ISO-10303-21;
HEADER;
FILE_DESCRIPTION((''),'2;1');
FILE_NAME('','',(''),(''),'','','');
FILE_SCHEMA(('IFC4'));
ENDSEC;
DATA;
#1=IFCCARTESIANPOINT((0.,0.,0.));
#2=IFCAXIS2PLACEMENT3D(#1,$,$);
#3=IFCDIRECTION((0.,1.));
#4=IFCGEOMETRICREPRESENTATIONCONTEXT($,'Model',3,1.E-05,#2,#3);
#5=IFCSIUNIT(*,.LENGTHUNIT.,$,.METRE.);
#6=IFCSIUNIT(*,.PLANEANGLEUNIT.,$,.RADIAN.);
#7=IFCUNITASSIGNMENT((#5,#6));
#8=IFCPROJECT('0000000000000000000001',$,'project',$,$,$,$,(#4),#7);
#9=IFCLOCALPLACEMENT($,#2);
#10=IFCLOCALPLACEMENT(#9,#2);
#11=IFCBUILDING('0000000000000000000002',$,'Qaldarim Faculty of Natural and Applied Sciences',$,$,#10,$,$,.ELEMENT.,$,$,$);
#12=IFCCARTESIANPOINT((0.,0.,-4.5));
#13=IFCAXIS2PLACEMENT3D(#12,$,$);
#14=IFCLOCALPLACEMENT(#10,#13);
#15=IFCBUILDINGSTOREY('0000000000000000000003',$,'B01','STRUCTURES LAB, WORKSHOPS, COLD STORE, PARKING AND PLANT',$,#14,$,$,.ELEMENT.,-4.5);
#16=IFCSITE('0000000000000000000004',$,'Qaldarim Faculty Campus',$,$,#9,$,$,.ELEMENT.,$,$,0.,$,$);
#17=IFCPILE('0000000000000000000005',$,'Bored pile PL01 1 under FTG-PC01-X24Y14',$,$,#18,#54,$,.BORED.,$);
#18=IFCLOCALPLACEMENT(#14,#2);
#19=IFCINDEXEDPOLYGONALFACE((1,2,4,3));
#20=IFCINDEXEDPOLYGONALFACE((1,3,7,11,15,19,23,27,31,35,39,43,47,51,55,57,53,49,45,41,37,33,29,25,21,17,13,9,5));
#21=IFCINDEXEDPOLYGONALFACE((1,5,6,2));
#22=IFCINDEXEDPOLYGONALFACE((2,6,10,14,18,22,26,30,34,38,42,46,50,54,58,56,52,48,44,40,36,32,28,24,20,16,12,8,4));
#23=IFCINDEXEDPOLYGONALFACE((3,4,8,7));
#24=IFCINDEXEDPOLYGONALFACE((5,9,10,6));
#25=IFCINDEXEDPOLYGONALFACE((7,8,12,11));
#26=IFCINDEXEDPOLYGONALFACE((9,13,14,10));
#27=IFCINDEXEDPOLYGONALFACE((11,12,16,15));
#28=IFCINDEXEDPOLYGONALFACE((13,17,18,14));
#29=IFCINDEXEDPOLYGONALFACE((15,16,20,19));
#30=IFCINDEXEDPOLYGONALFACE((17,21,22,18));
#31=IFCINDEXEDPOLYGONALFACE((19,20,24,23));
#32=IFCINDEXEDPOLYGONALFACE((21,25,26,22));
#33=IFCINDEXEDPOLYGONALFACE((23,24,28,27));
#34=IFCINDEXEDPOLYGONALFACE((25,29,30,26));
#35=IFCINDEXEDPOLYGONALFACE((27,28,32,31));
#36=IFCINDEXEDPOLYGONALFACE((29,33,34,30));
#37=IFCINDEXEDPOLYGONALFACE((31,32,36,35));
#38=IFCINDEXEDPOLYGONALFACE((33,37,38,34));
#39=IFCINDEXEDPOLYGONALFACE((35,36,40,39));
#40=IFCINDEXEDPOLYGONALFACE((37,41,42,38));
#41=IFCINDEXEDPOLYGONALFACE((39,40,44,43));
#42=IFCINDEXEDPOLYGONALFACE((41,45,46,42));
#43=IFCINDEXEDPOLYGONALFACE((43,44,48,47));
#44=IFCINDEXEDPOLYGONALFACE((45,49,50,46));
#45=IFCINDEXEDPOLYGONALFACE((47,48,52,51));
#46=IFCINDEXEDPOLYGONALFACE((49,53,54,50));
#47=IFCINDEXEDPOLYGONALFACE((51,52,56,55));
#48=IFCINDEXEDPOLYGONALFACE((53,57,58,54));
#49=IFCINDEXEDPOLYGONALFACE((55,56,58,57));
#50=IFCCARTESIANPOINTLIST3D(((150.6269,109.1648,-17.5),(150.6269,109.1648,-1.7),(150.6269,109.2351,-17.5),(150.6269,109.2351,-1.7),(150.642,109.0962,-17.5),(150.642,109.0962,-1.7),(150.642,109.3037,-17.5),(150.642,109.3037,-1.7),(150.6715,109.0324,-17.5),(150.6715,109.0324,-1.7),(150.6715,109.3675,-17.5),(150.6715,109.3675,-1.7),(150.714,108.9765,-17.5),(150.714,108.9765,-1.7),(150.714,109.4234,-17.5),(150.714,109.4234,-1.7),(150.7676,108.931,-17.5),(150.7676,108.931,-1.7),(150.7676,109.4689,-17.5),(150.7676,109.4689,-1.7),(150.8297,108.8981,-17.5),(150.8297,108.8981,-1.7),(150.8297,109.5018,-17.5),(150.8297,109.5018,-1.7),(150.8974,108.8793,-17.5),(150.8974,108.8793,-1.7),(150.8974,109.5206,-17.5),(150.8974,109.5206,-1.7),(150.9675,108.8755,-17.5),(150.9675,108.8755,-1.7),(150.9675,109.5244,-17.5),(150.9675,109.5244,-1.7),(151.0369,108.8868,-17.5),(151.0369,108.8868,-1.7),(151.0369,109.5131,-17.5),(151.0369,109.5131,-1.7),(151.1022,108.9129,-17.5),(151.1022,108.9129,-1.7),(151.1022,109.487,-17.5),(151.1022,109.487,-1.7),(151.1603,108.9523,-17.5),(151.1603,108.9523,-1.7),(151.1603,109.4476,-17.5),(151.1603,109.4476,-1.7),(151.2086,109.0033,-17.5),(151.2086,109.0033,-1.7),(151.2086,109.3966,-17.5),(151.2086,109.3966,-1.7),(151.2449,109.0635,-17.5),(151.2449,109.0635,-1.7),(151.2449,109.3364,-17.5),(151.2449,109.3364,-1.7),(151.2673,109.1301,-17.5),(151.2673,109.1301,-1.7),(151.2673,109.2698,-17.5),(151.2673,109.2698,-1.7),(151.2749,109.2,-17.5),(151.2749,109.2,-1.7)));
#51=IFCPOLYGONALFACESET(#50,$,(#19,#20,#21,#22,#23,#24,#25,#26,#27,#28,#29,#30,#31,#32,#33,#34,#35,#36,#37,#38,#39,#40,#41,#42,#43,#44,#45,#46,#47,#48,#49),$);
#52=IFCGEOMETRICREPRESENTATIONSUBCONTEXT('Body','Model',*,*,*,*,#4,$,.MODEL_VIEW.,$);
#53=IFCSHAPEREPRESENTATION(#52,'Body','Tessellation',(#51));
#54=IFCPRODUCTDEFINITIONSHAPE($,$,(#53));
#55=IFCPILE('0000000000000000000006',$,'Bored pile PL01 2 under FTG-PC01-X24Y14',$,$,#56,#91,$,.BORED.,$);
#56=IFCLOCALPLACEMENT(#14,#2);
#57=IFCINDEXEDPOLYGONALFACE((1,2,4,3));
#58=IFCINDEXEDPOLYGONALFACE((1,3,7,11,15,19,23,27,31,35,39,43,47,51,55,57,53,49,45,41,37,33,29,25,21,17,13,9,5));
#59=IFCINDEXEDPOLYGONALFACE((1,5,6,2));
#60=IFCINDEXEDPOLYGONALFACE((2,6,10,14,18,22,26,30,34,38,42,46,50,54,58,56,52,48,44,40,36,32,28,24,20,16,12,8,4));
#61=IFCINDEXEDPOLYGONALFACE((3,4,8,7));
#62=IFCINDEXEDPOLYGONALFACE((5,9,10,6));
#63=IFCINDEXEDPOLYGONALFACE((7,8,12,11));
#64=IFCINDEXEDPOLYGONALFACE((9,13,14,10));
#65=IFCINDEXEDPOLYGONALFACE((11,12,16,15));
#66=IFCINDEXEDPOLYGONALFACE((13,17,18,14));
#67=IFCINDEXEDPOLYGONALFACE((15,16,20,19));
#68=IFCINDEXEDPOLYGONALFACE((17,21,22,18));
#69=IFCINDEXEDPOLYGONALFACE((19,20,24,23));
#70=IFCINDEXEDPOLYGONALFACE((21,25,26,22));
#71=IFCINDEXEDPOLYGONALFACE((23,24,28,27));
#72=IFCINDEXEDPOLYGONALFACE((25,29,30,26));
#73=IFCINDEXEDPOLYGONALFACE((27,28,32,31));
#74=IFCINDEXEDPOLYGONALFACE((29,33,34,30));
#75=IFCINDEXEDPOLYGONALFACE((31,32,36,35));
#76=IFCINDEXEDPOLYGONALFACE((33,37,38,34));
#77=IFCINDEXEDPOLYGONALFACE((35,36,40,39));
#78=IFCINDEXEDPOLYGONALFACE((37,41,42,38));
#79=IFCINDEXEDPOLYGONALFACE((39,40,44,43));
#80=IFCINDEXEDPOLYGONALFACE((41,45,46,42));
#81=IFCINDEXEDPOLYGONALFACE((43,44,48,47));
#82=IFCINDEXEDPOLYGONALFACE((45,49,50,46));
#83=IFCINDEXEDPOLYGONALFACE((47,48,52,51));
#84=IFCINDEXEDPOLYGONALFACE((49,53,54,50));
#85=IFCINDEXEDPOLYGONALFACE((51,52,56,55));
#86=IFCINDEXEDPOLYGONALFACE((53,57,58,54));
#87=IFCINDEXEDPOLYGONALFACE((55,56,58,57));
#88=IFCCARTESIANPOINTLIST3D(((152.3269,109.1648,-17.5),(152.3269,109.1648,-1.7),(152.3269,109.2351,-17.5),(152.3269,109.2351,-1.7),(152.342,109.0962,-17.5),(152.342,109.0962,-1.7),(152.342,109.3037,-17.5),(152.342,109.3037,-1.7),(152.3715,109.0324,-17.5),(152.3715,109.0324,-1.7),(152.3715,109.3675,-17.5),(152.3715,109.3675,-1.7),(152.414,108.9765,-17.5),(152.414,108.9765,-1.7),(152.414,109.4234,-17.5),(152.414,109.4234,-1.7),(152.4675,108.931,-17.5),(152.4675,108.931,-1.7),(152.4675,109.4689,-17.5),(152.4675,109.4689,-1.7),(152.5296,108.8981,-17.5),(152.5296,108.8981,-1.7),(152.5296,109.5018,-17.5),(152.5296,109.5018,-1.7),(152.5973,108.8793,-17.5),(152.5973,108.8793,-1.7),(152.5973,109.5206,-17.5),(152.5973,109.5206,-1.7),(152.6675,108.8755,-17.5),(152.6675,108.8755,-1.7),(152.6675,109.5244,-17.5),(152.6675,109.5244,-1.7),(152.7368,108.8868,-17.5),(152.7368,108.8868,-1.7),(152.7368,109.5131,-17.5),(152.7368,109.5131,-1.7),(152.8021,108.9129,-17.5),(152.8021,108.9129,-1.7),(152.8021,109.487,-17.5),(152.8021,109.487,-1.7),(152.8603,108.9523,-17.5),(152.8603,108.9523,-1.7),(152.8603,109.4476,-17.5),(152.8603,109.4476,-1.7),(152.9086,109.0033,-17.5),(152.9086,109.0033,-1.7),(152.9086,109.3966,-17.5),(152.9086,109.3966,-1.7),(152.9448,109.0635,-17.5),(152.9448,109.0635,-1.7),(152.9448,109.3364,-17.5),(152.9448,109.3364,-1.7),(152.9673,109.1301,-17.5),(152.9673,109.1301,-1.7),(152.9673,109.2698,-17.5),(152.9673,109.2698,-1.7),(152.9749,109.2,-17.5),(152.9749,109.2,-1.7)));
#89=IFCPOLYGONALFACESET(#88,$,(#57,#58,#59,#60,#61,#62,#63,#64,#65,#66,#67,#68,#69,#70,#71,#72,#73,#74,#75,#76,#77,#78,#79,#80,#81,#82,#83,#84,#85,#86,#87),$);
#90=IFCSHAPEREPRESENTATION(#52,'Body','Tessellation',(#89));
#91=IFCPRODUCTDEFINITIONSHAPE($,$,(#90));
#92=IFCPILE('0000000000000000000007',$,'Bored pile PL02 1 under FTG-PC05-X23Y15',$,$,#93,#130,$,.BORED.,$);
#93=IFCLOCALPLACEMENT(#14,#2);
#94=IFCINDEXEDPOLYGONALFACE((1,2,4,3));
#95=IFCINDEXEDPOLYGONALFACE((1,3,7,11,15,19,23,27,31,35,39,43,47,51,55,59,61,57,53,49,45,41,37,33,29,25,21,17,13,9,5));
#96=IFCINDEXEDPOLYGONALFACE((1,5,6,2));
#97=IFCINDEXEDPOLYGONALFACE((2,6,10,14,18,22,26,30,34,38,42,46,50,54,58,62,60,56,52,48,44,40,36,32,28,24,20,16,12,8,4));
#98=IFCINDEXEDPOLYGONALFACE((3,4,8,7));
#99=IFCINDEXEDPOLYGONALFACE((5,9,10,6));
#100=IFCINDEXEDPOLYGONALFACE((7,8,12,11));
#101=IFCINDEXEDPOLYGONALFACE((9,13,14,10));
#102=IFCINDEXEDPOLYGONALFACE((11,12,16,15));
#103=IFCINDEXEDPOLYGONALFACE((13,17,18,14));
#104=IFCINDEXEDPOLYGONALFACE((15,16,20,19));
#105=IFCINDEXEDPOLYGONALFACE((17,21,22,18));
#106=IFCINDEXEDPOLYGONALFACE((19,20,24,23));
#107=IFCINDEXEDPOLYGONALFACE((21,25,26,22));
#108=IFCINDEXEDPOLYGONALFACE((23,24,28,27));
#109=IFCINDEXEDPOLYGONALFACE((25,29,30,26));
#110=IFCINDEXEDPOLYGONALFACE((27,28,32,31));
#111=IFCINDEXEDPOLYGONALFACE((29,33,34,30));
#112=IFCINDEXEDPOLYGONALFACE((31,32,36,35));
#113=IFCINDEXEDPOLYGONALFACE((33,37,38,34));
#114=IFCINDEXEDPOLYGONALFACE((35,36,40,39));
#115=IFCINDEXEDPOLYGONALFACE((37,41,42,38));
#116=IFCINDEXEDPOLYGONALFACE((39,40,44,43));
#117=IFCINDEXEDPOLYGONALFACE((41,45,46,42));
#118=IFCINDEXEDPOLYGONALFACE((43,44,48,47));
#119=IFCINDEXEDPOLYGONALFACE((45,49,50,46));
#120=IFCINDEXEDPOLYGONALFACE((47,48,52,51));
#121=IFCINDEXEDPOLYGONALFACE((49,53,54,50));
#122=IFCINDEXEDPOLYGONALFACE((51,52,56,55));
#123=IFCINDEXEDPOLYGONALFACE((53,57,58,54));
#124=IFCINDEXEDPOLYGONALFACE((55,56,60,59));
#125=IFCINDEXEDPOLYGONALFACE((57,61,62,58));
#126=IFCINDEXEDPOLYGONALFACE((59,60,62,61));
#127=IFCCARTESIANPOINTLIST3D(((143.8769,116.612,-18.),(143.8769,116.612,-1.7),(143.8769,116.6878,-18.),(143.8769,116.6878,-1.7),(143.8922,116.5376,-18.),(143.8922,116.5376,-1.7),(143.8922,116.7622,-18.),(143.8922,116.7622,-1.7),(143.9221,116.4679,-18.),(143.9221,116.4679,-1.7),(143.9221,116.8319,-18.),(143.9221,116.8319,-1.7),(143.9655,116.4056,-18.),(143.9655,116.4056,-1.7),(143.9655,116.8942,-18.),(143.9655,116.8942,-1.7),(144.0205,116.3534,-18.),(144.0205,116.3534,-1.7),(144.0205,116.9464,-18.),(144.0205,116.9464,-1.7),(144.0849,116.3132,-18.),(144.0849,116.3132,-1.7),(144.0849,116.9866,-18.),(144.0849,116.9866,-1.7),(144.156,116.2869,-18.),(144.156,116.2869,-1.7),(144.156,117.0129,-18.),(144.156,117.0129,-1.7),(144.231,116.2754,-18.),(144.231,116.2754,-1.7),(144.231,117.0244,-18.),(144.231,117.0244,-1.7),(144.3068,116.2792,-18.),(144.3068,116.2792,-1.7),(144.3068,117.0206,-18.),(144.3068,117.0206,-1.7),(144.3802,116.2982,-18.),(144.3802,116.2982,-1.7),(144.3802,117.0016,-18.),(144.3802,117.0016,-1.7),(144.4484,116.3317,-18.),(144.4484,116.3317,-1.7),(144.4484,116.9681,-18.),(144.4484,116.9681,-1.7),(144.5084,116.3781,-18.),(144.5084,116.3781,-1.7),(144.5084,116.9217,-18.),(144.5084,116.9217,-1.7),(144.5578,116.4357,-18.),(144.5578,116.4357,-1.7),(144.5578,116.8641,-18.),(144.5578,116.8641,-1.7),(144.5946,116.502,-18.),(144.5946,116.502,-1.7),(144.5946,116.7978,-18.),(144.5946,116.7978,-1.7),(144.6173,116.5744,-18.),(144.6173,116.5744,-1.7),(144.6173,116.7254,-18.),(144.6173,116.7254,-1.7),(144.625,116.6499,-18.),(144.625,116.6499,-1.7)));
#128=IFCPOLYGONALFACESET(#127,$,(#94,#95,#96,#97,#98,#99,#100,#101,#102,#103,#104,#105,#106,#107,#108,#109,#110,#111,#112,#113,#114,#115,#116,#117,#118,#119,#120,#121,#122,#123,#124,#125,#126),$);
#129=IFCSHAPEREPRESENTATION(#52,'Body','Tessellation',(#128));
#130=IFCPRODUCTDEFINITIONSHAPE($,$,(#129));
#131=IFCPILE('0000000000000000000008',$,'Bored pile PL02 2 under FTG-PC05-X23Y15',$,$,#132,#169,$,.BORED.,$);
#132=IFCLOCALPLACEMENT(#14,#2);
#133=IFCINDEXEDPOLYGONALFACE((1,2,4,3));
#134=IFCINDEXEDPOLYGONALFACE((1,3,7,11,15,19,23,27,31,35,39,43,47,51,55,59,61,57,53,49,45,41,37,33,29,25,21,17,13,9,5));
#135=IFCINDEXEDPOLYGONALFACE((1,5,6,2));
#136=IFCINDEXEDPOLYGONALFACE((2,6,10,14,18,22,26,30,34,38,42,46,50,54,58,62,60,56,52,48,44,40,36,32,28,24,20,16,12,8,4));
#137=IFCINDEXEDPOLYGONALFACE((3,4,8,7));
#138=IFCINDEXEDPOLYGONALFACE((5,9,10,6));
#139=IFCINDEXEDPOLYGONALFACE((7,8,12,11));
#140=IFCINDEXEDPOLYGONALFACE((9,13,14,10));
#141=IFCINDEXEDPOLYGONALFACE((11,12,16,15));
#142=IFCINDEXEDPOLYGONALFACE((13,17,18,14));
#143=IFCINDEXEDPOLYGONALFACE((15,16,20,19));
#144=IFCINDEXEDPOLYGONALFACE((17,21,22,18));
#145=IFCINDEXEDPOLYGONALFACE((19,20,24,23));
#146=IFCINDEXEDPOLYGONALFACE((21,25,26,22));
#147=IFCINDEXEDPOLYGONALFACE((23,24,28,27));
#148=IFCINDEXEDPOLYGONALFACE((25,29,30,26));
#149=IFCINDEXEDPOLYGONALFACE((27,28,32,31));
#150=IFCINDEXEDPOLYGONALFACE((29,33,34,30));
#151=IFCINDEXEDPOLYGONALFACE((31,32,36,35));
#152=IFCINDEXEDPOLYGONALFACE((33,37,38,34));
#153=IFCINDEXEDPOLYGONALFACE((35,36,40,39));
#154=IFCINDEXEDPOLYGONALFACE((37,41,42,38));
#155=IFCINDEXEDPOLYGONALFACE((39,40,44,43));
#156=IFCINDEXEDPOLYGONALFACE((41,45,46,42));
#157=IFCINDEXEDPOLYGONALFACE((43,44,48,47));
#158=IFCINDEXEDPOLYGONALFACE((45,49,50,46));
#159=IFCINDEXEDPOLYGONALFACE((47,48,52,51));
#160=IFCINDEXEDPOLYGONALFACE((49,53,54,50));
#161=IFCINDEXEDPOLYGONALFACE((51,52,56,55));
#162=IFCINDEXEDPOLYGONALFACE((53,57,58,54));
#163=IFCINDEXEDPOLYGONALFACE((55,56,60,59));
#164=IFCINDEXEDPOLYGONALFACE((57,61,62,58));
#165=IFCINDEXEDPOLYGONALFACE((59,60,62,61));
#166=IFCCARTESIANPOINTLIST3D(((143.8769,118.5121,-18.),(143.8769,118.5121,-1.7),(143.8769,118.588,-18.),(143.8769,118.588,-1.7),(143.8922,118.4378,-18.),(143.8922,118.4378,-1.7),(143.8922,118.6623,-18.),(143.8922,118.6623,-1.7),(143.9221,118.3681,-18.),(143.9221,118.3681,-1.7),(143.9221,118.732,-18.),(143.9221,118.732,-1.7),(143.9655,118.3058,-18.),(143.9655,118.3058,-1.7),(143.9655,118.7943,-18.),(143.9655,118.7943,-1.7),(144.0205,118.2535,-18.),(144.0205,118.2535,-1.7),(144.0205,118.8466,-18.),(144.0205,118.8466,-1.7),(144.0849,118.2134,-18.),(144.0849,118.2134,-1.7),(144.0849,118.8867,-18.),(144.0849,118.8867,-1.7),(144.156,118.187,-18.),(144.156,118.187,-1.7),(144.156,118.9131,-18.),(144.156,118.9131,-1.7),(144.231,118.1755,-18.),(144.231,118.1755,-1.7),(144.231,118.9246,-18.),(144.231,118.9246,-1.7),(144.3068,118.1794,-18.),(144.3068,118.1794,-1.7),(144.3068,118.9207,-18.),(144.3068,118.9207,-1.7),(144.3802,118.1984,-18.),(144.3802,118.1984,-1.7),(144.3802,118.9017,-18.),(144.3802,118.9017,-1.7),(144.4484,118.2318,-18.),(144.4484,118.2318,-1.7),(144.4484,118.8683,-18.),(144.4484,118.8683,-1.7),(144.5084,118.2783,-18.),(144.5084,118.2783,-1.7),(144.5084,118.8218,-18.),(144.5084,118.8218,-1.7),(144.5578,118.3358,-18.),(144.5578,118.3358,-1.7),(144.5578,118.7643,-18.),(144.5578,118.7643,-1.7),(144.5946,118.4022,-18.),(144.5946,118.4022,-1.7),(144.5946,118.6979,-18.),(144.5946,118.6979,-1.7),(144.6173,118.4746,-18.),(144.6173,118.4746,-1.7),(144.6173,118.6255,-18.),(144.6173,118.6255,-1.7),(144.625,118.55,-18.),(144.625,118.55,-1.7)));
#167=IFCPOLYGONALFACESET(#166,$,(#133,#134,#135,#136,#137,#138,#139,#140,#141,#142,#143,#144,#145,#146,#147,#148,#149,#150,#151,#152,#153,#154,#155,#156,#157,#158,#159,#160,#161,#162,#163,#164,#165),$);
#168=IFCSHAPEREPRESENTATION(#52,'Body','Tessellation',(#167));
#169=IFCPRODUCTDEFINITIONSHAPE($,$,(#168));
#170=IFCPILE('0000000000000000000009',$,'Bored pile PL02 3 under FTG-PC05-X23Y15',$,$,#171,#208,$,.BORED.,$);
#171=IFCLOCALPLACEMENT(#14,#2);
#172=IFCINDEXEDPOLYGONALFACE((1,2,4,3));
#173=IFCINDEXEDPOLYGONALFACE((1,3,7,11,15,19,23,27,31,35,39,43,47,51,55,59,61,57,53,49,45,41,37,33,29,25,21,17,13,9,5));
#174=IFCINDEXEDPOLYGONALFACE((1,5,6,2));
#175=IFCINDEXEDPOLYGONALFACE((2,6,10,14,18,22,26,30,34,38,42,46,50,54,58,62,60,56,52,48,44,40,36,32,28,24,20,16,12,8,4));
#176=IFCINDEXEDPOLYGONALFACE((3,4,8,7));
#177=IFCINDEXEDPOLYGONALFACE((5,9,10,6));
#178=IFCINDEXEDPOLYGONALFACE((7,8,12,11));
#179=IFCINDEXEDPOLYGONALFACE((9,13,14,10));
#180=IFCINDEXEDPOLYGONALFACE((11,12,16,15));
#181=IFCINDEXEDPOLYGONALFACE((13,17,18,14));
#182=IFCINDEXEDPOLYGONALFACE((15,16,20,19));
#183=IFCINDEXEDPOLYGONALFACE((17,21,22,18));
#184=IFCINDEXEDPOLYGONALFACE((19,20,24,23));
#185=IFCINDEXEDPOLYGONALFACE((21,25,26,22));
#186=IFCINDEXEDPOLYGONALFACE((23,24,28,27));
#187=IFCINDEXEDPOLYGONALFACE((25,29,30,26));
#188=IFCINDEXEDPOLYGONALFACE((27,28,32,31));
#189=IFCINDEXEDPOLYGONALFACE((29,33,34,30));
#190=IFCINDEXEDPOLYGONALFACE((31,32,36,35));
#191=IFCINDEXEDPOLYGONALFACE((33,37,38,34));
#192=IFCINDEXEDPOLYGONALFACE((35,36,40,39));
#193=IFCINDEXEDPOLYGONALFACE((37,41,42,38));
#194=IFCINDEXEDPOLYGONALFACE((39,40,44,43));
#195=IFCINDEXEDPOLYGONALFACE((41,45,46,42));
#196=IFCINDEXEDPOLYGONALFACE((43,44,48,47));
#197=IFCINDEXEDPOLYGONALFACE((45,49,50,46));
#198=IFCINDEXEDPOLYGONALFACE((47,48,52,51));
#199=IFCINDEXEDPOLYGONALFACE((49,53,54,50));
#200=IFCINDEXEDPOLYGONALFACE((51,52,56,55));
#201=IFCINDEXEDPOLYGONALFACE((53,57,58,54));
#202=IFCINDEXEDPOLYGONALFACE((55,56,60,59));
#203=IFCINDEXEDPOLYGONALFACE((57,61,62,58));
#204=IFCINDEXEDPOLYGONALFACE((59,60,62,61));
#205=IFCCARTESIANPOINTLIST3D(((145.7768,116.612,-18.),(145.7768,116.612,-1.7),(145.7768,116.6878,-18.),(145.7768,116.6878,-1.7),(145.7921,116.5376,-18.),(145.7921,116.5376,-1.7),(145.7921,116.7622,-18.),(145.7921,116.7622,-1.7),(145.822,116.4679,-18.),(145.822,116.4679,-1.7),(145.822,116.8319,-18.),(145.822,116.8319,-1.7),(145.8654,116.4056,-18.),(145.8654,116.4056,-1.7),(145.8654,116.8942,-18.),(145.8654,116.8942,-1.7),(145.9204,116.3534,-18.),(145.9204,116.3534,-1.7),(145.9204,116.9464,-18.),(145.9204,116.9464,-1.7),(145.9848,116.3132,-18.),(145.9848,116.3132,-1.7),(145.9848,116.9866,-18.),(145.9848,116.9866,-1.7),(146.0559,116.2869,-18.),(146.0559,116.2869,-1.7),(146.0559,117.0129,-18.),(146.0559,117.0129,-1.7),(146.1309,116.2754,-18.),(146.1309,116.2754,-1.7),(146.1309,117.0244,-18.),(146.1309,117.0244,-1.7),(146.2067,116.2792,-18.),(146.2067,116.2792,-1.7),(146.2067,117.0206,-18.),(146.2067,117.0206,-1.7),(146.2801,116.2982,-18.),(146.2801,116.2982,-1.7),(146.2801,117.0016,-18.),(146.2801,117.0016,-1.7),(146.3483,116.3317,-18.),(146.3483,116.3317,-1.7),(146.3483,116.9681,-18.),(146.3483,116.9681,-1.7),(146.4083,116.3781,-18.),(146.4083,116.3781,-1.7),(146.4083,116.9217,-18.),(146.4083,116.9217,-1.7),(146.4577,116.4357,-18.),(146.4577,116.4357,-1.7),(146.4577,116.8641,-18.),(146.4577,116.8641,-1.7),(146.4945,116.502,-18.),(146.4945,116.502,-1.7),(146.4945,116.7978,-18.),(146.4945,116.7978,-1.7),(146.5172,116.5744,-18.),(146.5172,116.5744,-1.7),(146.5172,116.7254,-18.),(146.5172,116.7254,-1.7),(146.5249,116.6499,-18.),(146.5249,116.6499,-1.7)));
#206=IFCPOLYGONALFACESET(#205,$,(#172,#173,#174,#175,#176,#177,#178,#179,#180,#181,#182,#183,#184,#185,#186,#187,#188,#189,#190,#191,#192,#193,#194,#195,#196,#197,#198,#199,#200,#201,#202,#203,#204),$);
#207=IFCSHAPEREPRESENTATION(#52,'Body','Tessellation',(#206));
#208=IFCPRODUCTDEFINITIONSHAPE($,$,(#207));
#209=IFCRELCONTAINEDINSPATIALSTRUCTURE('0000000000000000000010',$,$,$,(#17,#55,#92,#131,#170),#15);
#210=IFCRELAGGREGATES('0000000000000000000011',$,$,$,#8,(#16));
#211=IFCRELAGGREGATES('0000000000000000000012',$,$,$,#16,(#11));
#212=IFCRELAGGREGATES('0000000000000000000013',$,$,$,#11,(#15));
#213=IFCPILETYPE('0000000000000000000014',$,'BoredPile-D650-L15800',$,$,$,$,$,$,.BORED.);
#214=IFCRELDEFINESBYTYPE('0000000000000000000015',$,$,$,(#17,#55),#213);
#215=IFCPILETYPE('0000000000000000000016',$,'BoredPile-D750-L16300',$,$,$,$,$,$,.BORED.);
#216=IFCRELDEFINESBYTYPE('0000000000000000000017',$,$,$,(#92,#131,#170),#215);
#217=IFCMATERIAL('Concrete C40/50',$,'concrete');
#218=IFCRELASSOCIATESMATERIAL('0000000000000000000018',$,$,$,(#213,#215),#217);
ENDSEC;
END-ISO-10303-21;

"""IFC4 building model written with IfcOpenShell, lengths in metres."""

from ifc_helpers import new_model, si_unit, direction, frame, origin, origin_2d, place, context, subcontext, project, spatial, circle, extrude, material, material_profile, profile_set, type_object, element, save


model = new_model("IFC4")

# Units and contexts
model_context = context("Model", 3, precision=1e-05, world=origin(), true_north=direction((0.0, 1.0)))
body_context = subcontext(model_context, "Body", "Model", "MODEL_VIEW")
ifc_project = project(units=[si_unit("LENGTHUNIT", "METRE"), si_unit("PLANEANGLEUNIT", "RADIAN")], contexts=[model_context])

# Site, building, storey
site_placement = place(None, origin())
site = spatial("IfcSite", under=ifc_project, at=site_placement, Name="Qaldarim Faculty Campus", CompositionType="ELEMENT", RefElevation=0.0)
building_placement = place(site_placement, origin())
building = spatial("IfcBuilding", under=site, at=building_placement, Name="Qaldarim Faculty of Natural and Applied Sciences", CompositionType="ELEMENT")
storey_placement = place(building_placement, frame((0.0, 0.0, -4.5)))
storey = spatial("IfcBuildingStorey", under=building, at=storey_placement, Name="B01", Description="STRUCTURES LAB, WORKSHOPS, COLD STORE, PARKING AND PLANT", CompositionType="ELEMENT", Elevation=-4.5)

# Piles
ifc_material_1 = material(Name="Concrete C40/50", Category="concrete")
ifc_material_profile_1 = material_profile(ifc_material_1, circle(Radius=0.325, at=origin_2d()), Name="PILE-D650")
ifc_profile_set_1 = profile_set([ifc_material_profile_1], Name="Concrete C40/50")
pile_type_1 = type_object("IfcPileType", Name="BoredPile-D650-L15800", PredefinedType="BORED", material=ifc_profile_set_1)
for number, where, z_axis, x_axis, name in (
    (1, (150.95, 109.2, -1.7), (0.0, 0.0, -1.0), (1.0, 0.0, 0.0), "Bored pile PL01 1 under FTG-PC01-X24Y14"),
    (2, (152.6499, 109.2, -1.7), (0.0, 0.0, -1.0), (1.0, 0.0, 0.0), "Bored pile PL01 2 under FTG-PC01-X24Y14"),
):
    element("IfcPile", number, at=place(storey_placement, frame(where, z_axis=z_axis, x_axis=x_axis)), inside=storey, type_object=pile_type_1, Name=name, PredefinedType="BORED", context=body_context, shape_type="SweptSolid", body=[
        extrude(circle(Radius=0.325, at=origin_2d()), origin(), (0.0, 0.0, 1.0), 15.8),
    ])
ifc_material_profile_2 = material_profile(ifc_material_1, circle(Radius=0.375, at=origin_2d()), Name="PILE-D750")
ifc_profile_set_2 = profile_set([ifc_material_profile_2], Name="Concrete C40/50")
pile_type_2 = type_object("IfcPileType", Name="BoredPile-D750-L16300", PredefinedType="BORED", material=ifc_profile_set_2)
for number, where, z_axis, x_axis, name in (
    (3, (144.25, 116.6499, -1.7), (0.0, 0.0, -1.0), (1.0, 0.0, 0.0), "Bored pile PL02 1 under FTG-PC05-X23Y15"),
    (4, (144.25, 118.55, -1.7), (0.0, 0.0, -1.0), (1.0, 0.0, 0.0), "Bored pile PL02 2 under FTG-PC05-X23Y15"),
    (5, (146.1499, 116.6499, -1.7), (0.0, 0.0, -1.0), (1.0, 0.0, 0.0), "Bored pile PL02 3 under FTG-PC05-X23Y15"),
):
    element("IfcPile", number, at=place(storey_placement, frame(where, z_axis=z_axis, x_axis=x_axis)), inside=storey, type_object=pile_type_2, Name=name, PredefinedType="BORED", context=body_context, shape_type="SweptSolid", body=[
        extrude(circle(Radius=0.375, at=origin_2d()), origin(), (0.0, 0.0, 1.0), 16.3),
    ])

save(model, "model.ifc")
